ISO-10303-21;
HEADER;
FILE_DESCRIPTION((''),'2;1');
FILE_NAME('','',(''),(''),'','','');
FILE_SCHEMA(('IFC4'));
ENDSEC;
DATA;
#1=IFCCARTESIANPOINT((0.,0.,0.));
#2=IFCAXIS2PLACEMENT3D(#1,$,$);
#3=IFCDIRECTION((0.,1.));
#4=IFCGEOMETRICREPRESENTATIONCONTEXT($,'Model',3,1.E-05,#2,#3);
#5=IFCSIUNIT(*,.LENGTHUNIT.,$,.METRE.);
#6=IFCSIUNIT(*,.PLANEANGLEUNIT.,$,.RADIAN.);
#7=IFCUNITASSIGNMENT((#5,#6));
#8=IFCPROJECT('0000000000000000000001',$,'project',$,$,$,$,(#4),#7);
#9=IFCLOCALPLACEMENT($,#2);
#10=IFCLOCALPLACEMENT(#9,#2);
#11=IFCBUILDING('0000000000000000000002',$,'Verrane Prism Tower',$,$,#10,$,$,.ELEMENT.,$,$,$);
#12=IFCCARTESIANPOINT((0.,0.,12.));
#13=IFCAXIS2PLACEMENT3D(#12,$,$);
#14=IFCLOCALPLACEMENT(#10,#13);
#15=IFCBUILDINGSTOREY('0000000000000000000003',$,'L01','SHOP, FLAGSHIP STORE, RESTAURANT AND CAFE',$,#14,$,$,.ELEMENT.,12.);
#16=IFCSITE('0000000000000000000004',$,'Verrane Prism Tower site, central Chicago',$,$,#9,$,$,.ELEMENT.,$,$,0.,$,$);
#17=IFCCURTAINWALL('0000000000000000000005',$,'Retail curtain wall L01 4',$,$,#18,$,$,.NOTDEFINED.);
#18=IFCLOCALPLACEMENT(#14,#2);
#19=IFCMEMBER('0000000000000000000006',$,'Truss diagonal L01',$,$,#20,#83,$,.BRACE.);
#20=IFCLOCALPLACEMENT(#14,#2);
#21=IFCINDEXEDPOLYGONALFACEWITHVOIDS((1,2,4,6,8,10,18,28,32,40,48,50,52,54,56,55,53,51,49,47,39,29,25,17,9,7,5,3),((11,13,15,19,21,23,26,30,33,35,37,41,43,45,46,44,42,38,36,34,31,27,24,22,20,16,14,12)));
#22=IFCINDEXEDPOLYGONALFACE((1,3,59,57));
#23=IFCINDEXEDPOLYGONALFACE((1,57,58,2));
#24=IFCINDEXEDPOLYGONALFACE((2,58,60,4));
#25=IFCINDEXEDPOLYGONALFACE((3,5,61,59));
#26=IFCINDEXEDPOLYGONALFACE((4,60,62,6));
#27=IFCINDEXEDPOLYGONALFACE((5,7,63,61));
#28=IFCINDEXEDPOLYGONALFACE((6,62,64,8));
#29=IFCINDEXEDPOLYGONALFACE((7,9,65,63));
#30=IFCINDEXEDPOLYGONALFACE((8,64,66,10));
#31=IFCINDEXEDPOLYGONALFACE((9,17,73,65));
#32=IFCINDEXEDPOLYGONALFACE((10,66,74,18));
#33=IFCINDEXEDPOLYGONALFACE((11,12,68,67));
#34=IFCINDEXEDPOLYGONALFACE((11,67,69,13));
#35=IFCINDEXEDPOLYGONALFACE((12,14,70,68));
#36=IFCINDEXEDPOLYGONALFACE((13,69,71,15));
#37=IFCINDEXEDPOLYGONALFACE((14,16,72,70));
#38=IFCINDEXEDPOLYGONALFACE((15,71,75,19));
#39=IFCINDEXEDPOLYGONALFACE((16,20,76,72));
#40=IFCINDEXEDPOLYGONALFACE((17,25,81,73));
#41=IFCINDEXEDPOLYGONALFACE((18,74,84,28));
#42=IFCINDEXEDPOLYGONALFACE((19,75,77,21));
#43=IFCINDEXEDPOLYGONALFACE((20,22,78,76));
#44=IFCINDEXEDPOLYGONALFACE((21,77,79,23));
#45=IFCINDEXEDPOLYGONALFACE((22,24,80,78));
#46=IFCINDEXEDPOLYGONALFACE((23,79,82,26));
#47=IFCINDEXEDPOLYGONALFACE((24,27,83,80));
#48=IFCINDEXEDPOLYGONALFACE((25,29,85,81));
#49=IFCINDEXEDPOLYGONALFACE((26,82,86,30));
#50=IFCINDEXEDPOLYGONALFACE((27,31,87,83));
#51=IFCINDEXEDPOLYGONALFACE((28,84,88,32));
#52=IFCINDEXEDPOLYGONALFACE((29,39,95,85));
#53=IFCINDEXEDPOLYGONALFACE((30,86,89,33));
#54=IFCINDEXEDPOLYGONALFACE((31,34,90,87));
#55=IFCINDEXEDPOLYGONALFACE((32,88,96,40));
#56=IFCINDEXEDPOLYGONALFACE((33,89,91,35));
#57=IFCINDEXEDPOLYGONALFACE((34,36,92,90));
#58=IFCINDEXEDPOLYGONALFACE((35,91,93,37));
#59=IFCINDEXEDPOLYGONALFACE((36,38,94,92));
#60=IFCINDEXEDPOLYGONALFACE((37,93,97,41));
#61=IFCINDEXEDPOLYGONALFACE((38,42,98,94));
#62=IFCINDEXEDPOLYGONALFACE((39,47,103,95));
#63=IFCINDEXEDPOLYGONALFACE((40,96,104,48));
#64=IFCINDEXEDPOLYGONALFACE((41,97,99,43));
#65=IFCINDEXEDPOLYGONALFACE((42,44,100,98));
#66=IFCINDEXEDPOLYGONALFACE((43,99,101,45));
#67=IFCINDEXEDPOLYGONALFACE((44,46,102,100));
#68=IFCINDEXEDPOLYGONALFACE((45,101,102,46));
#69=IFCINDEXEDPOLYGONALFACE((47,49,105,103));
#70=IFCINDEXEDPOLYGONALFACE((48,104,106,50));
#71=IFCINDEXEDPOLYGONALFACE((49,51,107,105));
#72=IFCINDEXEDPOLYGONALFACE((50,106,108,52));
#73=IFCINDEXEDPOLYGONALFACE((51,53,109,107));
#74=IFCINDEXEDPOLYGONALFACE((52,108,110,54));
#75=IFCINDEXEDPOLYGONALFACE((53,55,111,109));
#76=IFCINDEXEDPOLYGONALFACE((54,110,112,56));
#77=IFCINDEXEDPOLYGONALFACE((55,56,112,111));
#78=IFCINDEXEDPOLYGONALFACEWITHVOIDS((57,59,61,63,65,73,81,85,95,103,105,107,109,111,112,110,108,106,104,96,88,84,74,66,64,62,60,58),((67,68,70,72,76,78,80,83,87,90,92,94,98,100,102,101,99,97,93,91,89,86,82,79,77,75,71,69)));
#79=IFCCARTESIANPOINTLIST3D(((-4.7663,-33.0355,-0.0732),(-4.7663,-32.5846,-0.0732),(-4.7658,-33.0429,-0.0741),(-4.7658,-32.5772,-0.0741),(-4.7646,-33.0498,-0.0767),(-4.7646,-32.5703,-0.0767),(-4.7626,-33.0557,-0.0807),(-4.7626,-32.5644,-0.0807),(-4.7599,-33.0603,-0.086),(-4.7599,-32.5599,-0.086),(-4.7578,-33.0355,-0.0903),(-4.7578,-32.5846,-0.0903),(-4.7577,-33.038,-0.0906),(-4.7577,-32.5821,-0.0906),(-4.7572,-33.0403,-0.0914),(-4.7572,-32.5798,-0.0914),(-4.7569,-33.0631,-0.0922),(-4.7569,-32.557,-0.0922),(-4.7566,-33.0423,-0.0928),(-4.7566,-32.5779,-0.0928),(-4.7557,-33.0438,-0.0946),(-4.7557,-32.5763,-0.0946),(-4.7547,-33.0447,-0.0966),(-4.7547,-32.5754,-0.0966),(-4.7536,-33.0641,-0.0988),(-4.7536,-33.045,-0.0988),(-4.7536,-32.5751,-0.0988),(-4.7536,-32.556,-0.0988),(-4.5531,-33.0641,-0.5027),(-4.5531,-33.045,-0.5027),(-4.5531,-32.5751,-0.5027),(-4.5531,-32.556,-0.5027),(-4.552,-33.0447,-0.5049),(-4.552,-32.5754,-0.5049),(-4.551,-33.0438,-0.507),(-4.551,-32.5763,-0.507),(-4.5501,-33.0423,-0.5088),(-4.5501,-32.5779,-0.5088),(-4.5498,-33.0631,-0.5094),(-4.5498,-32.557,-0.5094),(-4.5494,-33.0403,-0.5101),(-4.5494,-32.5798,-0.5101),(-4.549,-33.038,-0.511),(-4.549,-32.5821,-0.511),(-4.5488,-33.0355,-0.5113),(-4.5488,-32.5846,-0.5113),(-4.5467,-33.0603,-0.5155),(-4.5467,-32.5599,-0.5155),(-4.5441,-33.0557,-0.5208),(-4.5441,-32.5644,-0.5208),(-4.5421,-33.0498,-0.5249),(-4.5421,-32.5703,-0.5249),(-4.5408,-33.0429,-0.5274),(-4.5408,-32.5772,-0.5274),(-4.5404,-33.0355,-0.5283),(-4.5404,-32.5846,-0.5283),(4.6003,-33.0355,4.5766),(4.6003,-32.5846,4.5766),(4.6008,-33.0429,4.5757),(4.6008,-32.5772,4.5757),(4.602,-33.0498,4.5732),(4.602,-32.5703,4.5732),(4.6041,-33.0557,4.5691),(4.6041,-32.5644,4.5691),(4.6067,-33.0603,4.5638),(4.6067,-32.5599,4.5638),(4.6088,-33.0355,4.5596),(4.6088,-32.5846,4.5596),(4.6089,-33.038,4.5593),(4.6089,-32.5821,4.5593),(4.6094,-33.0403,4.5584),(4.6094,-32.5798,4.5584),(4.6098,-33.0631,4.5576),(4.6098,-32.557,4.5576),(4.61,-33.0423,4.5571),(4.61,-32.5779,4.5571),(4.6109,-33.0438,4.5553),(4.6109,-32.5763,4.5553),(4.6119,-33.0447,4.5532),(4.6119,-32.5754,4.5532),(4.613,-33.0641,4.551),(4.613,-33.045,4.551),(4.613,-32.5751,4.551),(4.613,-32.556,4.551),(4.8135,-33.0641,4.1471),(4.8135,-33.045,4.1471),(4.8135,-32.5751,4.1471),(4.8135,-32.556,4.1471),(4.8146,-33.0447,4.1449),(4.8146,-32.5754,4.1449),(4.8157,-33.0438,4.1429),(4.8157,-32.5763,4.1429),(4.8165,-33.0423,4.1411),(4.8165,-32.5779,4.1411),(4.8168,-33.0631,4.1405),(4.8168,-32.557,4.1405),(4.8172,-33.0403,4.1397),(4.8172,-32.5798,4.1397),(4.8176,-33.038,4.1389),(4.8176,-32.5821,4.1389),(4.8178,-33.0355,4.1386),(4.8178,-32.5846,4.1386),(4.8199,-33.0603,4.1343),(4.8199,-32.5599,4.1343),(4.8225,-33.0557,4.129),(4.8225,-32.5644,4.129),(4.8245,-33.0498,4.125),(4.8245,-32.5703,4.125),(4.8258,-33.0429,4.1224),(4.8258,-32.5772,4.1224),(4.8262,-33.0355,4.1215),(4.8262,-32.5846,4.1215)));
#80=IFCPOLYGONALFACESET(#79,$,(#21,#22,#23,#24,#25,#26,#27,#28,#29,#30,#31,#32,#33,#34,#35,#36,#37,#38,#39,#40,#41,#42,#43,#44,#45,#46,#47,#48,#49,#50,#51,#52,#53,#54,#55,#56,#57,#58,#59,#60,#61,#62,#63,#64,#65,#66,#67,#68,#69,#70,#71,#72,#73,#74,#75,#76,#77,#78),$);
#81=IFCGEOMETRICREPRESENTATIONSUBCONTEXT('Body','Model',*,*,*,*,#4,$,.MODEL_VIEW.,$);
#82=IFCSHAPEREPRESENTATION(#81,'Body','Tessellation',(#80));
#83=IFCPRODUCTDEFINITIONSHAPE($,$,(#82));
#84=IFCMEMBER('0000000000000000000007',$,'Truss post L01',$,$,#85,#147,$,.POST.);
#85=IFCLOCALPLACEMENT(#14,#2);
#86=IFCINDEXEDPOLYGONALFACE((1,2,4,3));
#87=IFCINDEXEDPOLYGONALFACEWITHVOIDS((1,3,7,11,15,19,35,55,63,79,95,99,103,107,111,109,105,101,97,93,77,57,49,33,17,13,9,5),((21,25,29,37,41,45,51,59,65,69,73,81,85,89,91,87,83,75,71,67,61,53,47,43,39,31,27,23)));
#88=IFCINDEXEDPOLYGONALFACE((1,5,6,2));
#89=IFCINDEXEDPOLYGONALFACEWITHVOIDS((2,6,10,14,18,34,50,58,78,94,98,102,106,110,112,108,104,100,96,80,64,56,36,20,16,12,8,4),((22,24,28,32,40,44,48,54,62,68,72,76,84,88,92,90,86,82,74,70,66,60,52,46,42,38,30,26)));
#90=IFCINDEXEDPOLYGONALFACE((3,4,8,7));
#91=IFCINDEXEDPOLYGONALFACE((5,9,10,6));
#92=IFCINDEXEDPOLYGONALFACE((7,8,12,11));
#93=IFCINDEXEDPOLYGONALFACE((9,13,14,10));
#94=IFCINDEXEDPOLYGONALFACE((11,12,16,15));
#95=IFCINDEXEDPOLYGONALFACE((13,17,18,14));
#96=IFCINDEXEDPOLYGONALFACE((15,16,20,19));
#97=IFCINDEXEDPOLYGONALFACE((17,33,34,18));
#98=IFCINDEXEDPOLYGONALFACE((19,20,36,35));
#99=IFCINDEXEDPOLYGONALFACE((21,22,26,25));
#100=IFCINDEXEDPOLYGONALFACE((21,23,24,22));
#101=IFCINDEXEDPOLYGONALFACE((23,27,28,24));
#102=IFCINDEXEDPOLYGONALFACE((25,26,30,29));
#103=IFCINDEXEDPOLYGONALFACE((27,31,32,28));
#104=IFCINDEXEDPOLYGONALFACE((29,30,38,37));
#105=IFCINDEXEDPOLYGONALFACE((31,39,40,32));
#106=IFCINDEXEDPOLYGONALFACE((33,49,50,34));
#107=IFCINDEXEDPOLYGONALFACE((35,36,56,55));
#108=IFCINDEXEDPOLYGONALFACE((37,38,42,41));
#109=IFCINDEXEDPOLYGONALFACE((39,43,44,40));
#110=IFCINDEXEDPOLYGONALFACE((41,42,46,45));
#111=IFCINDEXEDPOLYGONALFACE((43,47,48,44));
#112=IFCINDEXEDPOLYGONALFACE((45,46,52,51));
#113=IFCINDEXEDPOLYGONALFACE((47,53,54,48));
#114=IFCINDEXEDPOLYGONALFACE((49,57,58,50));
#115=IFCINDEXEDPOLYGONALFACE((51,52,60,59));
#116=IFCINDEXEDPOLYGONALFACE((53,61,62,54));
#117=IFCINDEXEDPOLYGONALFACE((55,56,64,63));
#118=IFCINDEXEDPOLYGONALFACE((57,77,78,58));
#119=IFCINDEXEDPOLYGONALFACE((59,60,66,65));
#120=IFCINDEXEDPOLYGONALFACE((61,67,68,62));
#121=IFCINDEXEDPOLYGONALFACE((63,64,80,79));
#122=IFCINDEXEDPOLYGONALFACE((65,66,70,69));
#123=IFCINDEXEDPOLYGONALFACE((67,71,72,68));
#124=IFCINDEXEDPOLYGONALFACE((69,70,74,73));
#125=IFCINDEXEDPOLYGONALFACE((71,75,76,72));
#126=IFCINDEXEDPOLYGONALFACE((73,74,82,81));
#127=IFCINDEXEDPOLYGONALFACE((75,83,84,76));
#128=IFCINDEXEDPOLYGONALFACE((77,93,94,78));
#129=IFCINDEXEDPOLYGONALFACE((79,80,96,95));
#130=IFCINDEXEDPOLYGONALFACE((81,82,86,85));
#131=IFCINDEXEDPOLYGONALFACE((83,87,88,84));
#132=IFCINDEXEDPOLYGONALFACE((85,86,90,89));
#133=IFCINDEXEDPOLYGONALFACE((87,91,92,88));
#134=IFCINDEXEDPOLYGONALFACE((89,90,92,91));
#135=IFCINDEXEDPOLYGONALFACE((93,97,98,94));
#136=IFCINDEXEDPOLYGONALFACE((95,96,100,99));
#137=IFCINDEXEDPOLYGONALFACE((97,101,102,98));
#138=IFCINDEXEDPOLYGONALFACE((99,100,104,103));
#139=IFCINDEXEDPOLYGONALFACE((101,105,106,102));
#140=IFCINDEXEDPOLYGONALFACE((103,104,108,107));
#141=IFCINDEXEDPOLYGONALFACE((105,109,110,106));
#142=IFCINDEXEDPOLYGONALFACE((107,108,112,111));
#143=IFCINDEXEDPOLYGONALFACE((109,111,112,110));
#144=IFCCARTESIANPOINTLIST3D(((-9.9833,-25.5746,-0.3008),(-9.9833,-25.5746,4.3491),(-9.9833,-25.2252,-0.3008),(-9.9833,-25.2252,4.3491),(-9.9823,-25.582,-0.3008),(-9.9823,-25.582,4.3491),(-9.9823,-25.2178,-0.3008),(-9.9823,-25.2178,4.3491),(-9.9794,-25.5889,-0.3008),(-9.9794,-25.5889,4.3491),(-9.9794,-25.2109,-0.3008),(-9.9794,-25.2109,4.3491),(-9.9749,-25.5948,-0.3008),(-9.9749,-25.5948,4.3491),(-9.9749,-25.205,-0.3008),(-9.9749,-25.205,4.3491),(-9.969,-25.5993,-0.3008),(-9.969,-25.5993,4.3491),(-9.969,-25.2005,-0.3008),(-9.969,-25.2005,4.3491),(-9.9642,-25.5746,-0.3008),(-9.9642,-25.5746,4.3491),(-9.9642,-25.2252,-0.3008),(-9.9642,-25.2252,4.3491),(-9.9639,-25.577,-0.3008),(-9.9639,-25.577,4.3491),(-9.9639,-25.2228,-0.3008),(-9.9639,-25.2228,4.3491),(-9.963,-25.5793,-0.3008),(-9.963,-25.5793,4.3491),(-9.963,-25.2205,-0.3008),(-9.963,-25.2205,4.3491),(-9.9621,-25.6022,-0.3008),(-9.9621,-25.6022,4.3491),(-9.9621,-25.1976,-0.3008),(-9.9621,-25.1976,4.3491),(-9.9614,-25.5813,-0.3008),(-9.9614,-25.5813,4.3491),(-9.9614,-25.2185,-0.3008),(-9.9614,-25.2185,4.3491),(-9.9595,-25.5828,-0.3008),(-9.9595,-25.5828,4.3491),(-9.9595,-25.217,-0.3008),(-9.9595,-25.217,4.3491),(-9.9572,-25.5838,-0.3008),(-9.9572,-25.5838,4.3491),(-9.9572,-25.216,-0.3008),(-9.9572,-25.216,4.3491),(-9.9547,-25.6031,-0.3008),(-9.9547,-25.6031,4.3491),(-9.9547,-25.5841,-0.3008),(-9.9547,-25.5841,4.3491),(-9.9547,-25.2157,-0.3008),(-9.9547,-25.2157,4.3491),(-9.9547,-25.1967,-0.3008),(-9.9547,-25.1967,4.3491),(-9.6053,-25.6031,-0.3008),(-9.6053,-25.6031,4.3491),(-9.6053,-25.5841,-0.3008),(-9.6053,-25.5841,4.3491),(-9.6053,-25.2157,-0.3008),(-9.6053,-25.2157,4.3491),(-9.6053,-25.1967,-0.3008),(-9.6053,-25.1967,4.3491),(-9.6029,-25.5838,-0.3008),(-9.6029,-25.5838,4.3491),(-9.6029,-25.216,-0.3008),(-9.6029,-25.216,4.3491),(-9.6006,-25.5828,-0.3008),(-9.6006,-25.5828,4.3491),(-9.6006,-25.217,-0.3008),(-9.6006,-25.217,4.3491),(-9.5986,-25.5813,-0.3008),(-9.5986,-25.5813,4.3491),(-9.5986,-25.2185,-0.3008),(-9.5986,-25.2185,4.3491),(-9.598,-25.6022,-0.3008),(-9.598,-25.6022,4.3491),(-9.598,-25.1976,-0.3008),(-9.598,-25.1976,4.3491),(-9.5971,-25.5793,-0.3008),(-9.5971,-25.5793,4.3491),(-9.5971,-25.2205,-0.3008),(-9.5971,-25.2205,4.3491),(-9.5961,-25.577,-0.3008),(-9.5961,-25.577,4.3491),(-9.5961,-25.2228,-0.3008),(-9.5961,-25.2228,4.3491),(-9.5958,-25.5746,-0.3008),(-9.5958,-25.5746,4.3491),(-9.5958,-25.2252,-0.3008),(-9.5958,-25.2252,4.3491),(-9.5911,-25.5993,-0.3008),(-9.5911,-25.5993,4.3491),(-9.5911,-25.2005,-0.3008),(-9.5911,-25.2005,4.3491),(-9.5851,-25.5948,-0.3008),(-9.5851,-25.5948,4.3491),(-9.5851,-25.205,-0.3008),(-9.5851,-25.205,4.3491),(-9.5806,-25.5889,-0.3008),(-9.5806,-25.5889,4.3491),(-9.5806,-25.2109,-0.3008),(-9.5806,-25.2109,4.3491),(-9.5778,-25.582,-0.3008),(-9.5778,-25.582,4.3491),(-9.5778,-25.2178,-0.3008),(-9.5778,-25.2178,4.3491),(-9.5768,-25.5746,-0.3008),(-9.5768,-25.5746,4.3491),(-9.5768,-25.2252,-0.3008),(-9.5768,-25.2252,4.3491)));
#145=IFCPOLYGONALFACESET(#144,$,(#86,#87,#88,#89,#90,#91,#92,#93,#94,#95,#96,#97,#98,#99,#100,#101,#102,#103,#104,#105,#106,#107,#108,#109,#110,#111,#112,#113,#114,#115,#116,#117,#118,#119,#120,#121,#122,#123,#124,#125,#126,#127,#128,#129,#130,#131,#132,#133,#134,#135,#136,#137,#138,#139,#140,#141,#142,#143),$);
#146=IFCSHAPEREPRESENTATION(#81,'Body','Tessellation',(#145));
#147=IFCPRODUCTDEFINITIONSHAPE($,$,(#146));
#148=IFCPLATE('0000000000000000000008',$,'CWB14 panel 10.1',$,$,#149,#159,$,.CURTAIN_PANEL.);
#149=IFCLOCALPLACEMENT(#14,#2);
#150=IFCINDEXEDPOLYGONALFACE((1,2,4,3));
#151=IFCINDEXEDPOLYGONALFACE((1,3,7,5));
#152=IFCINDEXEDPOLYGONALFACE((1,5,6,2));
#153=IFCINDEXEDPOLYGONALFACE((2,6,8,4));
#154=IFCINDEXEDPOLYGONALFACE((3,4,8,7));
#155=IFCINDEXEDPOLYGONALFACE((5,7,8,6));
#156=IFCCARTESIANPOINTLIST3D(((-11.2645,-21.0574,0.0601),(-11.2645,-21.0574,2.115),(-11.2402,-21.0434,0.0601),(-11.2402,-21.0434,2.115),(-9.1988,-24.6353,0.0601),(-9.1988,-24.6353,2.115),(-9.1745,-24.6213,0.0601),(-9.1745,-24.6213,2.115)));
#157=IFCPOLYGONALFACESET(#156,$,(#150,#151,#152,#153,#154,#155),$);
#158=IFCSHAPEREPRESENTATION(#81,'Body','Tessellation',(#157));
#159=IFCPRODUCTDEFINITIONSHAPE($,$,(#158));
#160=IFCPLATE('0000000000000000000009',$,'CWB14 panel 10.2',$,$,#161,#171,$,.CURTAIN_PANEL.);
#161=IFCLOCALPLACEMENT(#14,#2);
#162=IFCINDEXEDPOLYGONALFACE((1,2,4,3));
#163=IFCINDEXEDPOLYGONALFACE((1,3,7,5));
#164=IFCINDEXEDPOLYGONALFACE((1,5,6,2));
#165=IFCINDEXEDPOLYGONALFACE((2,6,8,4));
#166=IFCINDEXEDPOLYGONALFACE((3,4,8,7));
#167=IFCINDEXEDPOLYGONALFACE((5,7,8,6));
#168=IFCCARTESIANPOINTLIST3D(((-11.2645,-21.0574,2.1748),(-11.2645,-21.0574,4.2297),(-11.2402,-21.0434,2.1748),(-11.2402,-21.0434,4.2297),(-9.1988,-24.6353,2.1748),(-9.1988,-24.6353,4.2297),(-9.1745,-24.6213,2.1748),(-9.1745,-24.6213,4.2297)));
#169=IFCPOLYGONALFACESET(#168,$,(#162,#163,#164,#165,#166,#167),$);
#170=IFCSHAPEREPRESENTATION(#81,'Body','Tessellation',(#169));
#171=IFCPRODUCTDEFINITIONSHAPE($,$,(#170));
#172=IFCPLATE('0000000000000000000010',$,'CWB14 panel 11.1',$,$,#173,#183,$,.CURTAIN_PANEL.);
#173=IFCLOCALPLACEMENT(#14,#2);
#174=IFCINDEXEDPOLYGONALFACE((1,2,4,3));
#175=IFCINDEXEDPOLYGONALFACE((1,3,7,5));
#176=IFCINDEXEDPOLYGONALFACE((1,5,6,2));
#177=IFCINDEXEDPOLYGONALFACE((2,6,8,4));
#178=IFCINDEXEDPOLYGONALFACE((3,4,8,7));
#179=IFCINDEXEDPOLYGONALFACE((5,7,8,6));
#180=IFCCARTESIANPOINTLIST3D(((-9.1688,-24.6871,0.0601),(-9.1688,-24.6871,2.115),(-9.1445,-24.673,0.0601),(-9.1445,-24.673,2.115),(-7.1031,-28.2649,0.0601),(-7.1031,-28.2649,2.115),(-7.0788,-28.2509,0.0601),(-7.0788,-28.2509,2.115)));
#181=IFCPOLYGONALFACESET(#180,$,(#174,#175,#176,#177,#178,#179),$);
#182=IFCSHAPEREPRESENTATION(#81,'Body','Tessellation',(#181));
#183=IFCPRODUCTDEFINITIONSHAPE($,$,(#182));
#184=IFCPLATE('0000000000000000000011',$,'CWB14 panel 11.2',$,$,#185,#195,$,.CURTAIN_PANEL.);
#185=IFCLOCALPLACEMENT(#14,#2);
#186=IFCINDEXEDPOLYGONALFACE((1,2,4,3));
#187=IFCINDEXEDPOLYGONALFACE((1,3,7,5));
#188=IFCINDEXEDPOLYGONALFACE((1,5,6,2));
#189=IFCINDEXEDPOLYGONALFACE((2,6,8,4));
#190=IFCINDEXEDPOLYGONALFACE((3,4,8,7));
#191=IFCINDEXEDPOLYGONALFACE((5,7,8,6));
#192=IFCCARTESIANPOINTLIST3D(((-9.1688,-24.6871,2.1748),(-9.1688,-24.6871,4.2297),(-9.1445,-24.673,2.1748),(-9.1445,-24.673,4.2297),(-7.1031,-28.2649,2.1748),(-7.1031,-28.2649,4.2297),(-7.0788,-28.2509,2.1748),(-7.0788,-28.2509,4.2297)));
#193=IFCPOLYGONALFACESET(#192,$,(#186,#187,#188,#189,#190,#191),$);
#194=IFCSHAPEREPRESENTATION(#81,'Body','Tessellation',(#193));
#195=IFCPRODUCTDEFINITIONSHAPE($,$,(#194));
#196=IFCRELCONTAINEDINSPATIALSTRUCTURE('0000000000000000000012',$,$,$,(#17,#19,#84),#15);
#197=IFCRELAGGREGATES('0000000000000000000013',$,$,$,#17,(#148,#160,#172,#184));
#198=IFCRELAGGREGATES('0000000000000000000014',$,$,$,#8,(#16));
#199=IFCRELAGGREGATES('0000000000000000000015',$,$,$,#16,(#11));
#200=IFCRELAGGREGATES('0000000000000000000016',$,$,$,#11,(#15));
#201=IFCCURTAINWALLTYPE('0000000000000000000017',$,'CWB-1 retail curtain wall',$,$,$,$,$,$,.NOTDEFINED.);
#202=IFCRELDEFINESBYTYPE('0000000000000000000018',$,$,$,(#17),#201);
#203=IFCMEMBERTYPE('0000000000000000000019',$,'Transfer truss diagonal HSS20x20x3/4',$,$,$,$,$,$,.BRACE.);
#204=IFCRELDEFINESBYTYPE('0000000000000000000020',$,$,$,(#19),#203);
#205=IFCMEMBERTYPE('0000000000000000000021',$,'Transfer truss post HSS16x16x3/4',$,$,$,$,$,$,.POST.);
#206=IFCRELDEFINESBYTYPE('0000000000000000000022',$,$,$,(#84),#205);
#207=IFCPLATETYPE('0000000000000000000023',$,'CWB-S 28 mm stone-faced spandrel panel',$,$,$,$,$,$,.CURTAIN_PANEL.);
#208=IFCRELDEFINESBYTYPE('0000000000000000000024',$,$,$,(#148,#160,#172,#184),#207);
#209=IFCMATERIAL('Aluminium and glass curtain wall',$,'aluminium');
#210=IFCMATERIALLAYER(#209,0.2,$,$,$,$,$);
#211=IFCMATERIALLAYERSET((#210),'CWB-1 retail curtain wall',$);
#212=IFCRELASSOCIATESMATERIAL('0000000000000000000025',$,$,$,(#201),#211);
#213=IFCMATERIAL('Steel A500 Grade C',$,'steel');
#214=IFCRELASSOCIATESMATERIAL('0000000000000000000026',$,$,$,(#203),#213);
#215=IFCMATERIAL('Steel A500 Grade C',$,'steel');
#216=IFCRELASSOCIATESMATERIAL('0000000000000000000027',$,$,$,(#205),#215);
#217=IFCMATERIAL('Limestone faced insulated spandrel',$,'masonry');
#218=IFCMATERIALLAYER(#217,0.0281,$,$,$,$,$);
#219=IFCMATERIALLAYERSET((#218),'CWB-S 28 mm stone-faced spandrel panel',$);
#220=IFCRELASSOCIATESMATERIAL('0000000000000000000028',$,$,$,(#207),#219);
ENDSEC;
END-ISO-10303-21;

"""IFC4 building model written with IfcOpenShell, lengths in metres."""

from ifc_helpers import new_model, si_unit, direction, frame, origin, origin_2d, place, context, subcontext, project, spatial, rectangle, hollow_rectangle, extrude, material, layer, layer_set, material_profile, profile_set, type_object, element, aggregate, save


model = new_model("IFC4")

# Units and contexts
model_context = context("Model", 3, precision=1e-05, world=origin(), true_north=direction((0.0, 1.0)))
body_context = subcontext(model_context, "Body", "Model", "MODEL_VIEW")
ifc_project = project(units=[si_unit("LENGTHUNIT", "METRE"), si_unit("PLANEANGLEUNIT", "RADIAN")], contexts=[model_context])

# Site, building, storey
site_placement = place(None, origin())
site = spatial("IfcSite", under=ifc_project, at=site_placement, Name="Verrane Prism Tower site, central Chicago", CompositionType="ELEMENT", RefElevation=0.0)
building_placement = place(site_placement, origin())
building = spatial("IfcBuilding", under=site, at=building_placement, Name="Verrane Prism Tower", CompositionType="ELEMENT")
storey_placement = place(building_placement, frame((0.0, 0.0, 12.0)))
storey = spatial("IfcBuildingStorey", under=building, at=storey_placement, Name="L01", Description="SHOP, FLAGSHIP STORE, RESTAURANT AND CAFE", CompositionType="ELEMENT", Elevation=12.0)

# Curtain wall
ifc_material_1 = material(Name="Aluminium and glass curtain wall", Category="aluminium")
ifc_layer_1 = layer(ifc_material_1, 0.2)
ifc_layer_set_1 = layer_set([ifc_layer_1], Name="CWB-1 retail curtain wall")
curtain_wall_type = type_object("IfcCurtainWallType", Name="CWB-1 retail curtain wall", PredefinedType="NOTDEFINED", material=ifc_layer_set_1)
curtain_wall_1_placement = place(storey_placement, origin())
curtain_wall_1 = element("IfcCurtainWall", 1, at=curtain_wall_1_placement, inside=storey, type_object=curtain_wall_type, Name="Retail curtain wall L01 4", PredefinedType="NOTDEFINED")

# Members
ifc_material_2 = material(Name="Steel A500 Grade C", Category="steel")
ifc_material_profile_1 = material_profile(ifc_material_2, hollow_rectangle(XDim=0.5081, YDim=0.5081, WallThickness=0.019, InnerFilletRadius=0.0095, OuterFilletRadius=0.0286, at=origin_2d()), Name="HSS20x20x3/4")
ifc_profile_set_1 = profile_set([ifc_material_profile_1], Name="Steel A500 Grade C")
member_type_1 = type_object("IfcMemberType", Name="Transfer truss diagonal HSS20x20x3/4", PredefinedType="BRACE", material=ifc_profile_set_1)
member_1_placement = place(storey_placement, frame((-4.6533, -32.8101, -0.3008), z_axis=(0.895703, 0.0, 0.444653), x_axis=(0.0, 1.0, 0.0)))
element("IfcMember", 2, at=member_1_placement, inside=storey, type_object=member_type_1, Name="Truss diagonal L01", PredefinedType="BRACE", context=body_context, shape_type="SweptSolid", body=[
    extrude(hollow_rectangle(XDim=0.5081, YDim=0.5081, WallThickness=0.019, InnerFilletRadius=0.0095, OuterFilletRadius=0.0286, at=origin_2d()), origin(), (0.0, 0.0, 1.0), 10.4573),
])
ifc_material_3 = material(Name="Steel A500 Grade C", Category="steel")
ifc_material_profile_2 = material_profile(ifc_material_3, hollow_rectangle(XDim=0.4065, YDim=0.4065, WallThickness=0.019, InnerFilletRadius=0.0095, OuterFilletRadius=0.0286, at=origin_2d()), Name="HSS16x16x3/4")
ifc_profile_set_2 = profile_set([ifc_material_profile_2], Name="Steel A500 Grade C")
member_type_2 = type_object("IfcMemberType", Name="Transfer truss post HSS16x16x3/4", PredefinedType="POST", material=ifc_profile_set_2)
member_2_placement = place(storey_placement, frame((-9.78, -25.3999, -0.3008), z_axis=(0.0, 0.0, 1.0), x_axis=(1.0, 0.0, 0.0)))
element("IfcMember", 3, at=member_2_placement, inside=storey, type_object=member_type_2, Name="Truss post L01", PredefinedType="POST", context=body_context, shape_type="SweptSolid", body=[
    extrude(hollow_rectangle(XDim=0.4065, YDim=0.4065, WallThickness=0.019, InnerFilletRadius=0.0095, OuterFilletRadius=0.0286, at=origin_2d()), origin(), (0.0, 0.0, 1.0), 4.6499),
])

# Plates
ifc_material_4 = material(Name="Limestone faced insulated spandrel", Category="masonry")
ifc_layer_2 = layer(ifc_material_4, 0.0281)
ifc_layer_set_2 = layer_set([ifc_layer_2], Name="CWB-S 28 mm stone-faced spandrel panel")
plate_type = type_object("IfcPlateType", Name="CWB-S 28 mm stone-faced spandrel panel", PredefinedType="CURTAIN_PANEL", material=ifc_layer_set_2)
plate_1_placement = place(storey_placement, frame((-10.2195, -22.8394, 0.0601), z_axis=(0.0, 0.0, 1.0), x_axis=(0.5, -0.866025, 0.0)))
plate_1 = element("IfcPlate", 4, at=plate_1_placement, type_object=plate_type, Name="CWB14 panel 10.1", PredefinedType="CURTAIN_PANEL", context=body_context, shape_type="SweptSolid", body=[
    extrude(rectangle(XDim=4.1313, YDim=0.0281, at=origin_2d()), origin(), (0.0, 0.0, 1.0), 2.0549),
])
plate_2_placement = place(storey_placement, frame((-10.2195, -22.8394, 2.1748), z_axis=(0.0, 0.0, 1.0), x_axis=(0.5, -0.866025, 0.0)))
plate_2 = element("IfcPlate", 5, at=plate_2_placement, type_object=plate_type, Name="CWB14 panel 10.2", PredefinedType="CURTAIN_PANEL", context=body_context, shape_type="SweptSolid", body=[
    extrude(rectangle(XDim=4.1313, YDim=0.0281, at=origin_2d()), origin(), (0.0, 0.0, 1.0), 2.0549),
])
plate_3_placement = place(storey_placement, frame((-8.1238, -26.469, 0.0601), z_axis=(0.0, 0.0, 1.0), x_axis=(0.5, -0.866025, 0.0)))
plate_3 = element("IfcPlate", 6, at=plate_3_placement, type_object=plate_type, Name="CWB14 panel 11.1", PredefinedType="CURTAIN_PANEL", context=body_context, shape_type="SweptSolid", body=[
    extrude(rectangle(XDim=4.1313, YDim=0.0281, at=origin_2d()), origin(), (0.0, 0.0, 1.0), 2.0549),
])
plate_4_placement = place(storey_placement, frame((-8.1238, -26.469, 2.1748), z_axis=(0.0, 0.0, 1.0), x_axis=(0.5, -0.866025, 0.0)))
plate_4 = element("IfcPlate", 7, at=plate_4_placement, type_object=plate_type, Name="CWB14 panel 11.2", PredefinedType="CURTAIN_PANEL", context=body_context, shape_type="SweptSolid", body=[
    extrude(rectangle(XDim=4.1313, YDim=0.0281, at=origin_2d()), origin(), (0.0, 0.0, 1.0), 2.0549),
])
aggregate(curtain_wall_1, [plate_1, plate_2, plate_3, plate_4])

save(model, "model.ifc")
